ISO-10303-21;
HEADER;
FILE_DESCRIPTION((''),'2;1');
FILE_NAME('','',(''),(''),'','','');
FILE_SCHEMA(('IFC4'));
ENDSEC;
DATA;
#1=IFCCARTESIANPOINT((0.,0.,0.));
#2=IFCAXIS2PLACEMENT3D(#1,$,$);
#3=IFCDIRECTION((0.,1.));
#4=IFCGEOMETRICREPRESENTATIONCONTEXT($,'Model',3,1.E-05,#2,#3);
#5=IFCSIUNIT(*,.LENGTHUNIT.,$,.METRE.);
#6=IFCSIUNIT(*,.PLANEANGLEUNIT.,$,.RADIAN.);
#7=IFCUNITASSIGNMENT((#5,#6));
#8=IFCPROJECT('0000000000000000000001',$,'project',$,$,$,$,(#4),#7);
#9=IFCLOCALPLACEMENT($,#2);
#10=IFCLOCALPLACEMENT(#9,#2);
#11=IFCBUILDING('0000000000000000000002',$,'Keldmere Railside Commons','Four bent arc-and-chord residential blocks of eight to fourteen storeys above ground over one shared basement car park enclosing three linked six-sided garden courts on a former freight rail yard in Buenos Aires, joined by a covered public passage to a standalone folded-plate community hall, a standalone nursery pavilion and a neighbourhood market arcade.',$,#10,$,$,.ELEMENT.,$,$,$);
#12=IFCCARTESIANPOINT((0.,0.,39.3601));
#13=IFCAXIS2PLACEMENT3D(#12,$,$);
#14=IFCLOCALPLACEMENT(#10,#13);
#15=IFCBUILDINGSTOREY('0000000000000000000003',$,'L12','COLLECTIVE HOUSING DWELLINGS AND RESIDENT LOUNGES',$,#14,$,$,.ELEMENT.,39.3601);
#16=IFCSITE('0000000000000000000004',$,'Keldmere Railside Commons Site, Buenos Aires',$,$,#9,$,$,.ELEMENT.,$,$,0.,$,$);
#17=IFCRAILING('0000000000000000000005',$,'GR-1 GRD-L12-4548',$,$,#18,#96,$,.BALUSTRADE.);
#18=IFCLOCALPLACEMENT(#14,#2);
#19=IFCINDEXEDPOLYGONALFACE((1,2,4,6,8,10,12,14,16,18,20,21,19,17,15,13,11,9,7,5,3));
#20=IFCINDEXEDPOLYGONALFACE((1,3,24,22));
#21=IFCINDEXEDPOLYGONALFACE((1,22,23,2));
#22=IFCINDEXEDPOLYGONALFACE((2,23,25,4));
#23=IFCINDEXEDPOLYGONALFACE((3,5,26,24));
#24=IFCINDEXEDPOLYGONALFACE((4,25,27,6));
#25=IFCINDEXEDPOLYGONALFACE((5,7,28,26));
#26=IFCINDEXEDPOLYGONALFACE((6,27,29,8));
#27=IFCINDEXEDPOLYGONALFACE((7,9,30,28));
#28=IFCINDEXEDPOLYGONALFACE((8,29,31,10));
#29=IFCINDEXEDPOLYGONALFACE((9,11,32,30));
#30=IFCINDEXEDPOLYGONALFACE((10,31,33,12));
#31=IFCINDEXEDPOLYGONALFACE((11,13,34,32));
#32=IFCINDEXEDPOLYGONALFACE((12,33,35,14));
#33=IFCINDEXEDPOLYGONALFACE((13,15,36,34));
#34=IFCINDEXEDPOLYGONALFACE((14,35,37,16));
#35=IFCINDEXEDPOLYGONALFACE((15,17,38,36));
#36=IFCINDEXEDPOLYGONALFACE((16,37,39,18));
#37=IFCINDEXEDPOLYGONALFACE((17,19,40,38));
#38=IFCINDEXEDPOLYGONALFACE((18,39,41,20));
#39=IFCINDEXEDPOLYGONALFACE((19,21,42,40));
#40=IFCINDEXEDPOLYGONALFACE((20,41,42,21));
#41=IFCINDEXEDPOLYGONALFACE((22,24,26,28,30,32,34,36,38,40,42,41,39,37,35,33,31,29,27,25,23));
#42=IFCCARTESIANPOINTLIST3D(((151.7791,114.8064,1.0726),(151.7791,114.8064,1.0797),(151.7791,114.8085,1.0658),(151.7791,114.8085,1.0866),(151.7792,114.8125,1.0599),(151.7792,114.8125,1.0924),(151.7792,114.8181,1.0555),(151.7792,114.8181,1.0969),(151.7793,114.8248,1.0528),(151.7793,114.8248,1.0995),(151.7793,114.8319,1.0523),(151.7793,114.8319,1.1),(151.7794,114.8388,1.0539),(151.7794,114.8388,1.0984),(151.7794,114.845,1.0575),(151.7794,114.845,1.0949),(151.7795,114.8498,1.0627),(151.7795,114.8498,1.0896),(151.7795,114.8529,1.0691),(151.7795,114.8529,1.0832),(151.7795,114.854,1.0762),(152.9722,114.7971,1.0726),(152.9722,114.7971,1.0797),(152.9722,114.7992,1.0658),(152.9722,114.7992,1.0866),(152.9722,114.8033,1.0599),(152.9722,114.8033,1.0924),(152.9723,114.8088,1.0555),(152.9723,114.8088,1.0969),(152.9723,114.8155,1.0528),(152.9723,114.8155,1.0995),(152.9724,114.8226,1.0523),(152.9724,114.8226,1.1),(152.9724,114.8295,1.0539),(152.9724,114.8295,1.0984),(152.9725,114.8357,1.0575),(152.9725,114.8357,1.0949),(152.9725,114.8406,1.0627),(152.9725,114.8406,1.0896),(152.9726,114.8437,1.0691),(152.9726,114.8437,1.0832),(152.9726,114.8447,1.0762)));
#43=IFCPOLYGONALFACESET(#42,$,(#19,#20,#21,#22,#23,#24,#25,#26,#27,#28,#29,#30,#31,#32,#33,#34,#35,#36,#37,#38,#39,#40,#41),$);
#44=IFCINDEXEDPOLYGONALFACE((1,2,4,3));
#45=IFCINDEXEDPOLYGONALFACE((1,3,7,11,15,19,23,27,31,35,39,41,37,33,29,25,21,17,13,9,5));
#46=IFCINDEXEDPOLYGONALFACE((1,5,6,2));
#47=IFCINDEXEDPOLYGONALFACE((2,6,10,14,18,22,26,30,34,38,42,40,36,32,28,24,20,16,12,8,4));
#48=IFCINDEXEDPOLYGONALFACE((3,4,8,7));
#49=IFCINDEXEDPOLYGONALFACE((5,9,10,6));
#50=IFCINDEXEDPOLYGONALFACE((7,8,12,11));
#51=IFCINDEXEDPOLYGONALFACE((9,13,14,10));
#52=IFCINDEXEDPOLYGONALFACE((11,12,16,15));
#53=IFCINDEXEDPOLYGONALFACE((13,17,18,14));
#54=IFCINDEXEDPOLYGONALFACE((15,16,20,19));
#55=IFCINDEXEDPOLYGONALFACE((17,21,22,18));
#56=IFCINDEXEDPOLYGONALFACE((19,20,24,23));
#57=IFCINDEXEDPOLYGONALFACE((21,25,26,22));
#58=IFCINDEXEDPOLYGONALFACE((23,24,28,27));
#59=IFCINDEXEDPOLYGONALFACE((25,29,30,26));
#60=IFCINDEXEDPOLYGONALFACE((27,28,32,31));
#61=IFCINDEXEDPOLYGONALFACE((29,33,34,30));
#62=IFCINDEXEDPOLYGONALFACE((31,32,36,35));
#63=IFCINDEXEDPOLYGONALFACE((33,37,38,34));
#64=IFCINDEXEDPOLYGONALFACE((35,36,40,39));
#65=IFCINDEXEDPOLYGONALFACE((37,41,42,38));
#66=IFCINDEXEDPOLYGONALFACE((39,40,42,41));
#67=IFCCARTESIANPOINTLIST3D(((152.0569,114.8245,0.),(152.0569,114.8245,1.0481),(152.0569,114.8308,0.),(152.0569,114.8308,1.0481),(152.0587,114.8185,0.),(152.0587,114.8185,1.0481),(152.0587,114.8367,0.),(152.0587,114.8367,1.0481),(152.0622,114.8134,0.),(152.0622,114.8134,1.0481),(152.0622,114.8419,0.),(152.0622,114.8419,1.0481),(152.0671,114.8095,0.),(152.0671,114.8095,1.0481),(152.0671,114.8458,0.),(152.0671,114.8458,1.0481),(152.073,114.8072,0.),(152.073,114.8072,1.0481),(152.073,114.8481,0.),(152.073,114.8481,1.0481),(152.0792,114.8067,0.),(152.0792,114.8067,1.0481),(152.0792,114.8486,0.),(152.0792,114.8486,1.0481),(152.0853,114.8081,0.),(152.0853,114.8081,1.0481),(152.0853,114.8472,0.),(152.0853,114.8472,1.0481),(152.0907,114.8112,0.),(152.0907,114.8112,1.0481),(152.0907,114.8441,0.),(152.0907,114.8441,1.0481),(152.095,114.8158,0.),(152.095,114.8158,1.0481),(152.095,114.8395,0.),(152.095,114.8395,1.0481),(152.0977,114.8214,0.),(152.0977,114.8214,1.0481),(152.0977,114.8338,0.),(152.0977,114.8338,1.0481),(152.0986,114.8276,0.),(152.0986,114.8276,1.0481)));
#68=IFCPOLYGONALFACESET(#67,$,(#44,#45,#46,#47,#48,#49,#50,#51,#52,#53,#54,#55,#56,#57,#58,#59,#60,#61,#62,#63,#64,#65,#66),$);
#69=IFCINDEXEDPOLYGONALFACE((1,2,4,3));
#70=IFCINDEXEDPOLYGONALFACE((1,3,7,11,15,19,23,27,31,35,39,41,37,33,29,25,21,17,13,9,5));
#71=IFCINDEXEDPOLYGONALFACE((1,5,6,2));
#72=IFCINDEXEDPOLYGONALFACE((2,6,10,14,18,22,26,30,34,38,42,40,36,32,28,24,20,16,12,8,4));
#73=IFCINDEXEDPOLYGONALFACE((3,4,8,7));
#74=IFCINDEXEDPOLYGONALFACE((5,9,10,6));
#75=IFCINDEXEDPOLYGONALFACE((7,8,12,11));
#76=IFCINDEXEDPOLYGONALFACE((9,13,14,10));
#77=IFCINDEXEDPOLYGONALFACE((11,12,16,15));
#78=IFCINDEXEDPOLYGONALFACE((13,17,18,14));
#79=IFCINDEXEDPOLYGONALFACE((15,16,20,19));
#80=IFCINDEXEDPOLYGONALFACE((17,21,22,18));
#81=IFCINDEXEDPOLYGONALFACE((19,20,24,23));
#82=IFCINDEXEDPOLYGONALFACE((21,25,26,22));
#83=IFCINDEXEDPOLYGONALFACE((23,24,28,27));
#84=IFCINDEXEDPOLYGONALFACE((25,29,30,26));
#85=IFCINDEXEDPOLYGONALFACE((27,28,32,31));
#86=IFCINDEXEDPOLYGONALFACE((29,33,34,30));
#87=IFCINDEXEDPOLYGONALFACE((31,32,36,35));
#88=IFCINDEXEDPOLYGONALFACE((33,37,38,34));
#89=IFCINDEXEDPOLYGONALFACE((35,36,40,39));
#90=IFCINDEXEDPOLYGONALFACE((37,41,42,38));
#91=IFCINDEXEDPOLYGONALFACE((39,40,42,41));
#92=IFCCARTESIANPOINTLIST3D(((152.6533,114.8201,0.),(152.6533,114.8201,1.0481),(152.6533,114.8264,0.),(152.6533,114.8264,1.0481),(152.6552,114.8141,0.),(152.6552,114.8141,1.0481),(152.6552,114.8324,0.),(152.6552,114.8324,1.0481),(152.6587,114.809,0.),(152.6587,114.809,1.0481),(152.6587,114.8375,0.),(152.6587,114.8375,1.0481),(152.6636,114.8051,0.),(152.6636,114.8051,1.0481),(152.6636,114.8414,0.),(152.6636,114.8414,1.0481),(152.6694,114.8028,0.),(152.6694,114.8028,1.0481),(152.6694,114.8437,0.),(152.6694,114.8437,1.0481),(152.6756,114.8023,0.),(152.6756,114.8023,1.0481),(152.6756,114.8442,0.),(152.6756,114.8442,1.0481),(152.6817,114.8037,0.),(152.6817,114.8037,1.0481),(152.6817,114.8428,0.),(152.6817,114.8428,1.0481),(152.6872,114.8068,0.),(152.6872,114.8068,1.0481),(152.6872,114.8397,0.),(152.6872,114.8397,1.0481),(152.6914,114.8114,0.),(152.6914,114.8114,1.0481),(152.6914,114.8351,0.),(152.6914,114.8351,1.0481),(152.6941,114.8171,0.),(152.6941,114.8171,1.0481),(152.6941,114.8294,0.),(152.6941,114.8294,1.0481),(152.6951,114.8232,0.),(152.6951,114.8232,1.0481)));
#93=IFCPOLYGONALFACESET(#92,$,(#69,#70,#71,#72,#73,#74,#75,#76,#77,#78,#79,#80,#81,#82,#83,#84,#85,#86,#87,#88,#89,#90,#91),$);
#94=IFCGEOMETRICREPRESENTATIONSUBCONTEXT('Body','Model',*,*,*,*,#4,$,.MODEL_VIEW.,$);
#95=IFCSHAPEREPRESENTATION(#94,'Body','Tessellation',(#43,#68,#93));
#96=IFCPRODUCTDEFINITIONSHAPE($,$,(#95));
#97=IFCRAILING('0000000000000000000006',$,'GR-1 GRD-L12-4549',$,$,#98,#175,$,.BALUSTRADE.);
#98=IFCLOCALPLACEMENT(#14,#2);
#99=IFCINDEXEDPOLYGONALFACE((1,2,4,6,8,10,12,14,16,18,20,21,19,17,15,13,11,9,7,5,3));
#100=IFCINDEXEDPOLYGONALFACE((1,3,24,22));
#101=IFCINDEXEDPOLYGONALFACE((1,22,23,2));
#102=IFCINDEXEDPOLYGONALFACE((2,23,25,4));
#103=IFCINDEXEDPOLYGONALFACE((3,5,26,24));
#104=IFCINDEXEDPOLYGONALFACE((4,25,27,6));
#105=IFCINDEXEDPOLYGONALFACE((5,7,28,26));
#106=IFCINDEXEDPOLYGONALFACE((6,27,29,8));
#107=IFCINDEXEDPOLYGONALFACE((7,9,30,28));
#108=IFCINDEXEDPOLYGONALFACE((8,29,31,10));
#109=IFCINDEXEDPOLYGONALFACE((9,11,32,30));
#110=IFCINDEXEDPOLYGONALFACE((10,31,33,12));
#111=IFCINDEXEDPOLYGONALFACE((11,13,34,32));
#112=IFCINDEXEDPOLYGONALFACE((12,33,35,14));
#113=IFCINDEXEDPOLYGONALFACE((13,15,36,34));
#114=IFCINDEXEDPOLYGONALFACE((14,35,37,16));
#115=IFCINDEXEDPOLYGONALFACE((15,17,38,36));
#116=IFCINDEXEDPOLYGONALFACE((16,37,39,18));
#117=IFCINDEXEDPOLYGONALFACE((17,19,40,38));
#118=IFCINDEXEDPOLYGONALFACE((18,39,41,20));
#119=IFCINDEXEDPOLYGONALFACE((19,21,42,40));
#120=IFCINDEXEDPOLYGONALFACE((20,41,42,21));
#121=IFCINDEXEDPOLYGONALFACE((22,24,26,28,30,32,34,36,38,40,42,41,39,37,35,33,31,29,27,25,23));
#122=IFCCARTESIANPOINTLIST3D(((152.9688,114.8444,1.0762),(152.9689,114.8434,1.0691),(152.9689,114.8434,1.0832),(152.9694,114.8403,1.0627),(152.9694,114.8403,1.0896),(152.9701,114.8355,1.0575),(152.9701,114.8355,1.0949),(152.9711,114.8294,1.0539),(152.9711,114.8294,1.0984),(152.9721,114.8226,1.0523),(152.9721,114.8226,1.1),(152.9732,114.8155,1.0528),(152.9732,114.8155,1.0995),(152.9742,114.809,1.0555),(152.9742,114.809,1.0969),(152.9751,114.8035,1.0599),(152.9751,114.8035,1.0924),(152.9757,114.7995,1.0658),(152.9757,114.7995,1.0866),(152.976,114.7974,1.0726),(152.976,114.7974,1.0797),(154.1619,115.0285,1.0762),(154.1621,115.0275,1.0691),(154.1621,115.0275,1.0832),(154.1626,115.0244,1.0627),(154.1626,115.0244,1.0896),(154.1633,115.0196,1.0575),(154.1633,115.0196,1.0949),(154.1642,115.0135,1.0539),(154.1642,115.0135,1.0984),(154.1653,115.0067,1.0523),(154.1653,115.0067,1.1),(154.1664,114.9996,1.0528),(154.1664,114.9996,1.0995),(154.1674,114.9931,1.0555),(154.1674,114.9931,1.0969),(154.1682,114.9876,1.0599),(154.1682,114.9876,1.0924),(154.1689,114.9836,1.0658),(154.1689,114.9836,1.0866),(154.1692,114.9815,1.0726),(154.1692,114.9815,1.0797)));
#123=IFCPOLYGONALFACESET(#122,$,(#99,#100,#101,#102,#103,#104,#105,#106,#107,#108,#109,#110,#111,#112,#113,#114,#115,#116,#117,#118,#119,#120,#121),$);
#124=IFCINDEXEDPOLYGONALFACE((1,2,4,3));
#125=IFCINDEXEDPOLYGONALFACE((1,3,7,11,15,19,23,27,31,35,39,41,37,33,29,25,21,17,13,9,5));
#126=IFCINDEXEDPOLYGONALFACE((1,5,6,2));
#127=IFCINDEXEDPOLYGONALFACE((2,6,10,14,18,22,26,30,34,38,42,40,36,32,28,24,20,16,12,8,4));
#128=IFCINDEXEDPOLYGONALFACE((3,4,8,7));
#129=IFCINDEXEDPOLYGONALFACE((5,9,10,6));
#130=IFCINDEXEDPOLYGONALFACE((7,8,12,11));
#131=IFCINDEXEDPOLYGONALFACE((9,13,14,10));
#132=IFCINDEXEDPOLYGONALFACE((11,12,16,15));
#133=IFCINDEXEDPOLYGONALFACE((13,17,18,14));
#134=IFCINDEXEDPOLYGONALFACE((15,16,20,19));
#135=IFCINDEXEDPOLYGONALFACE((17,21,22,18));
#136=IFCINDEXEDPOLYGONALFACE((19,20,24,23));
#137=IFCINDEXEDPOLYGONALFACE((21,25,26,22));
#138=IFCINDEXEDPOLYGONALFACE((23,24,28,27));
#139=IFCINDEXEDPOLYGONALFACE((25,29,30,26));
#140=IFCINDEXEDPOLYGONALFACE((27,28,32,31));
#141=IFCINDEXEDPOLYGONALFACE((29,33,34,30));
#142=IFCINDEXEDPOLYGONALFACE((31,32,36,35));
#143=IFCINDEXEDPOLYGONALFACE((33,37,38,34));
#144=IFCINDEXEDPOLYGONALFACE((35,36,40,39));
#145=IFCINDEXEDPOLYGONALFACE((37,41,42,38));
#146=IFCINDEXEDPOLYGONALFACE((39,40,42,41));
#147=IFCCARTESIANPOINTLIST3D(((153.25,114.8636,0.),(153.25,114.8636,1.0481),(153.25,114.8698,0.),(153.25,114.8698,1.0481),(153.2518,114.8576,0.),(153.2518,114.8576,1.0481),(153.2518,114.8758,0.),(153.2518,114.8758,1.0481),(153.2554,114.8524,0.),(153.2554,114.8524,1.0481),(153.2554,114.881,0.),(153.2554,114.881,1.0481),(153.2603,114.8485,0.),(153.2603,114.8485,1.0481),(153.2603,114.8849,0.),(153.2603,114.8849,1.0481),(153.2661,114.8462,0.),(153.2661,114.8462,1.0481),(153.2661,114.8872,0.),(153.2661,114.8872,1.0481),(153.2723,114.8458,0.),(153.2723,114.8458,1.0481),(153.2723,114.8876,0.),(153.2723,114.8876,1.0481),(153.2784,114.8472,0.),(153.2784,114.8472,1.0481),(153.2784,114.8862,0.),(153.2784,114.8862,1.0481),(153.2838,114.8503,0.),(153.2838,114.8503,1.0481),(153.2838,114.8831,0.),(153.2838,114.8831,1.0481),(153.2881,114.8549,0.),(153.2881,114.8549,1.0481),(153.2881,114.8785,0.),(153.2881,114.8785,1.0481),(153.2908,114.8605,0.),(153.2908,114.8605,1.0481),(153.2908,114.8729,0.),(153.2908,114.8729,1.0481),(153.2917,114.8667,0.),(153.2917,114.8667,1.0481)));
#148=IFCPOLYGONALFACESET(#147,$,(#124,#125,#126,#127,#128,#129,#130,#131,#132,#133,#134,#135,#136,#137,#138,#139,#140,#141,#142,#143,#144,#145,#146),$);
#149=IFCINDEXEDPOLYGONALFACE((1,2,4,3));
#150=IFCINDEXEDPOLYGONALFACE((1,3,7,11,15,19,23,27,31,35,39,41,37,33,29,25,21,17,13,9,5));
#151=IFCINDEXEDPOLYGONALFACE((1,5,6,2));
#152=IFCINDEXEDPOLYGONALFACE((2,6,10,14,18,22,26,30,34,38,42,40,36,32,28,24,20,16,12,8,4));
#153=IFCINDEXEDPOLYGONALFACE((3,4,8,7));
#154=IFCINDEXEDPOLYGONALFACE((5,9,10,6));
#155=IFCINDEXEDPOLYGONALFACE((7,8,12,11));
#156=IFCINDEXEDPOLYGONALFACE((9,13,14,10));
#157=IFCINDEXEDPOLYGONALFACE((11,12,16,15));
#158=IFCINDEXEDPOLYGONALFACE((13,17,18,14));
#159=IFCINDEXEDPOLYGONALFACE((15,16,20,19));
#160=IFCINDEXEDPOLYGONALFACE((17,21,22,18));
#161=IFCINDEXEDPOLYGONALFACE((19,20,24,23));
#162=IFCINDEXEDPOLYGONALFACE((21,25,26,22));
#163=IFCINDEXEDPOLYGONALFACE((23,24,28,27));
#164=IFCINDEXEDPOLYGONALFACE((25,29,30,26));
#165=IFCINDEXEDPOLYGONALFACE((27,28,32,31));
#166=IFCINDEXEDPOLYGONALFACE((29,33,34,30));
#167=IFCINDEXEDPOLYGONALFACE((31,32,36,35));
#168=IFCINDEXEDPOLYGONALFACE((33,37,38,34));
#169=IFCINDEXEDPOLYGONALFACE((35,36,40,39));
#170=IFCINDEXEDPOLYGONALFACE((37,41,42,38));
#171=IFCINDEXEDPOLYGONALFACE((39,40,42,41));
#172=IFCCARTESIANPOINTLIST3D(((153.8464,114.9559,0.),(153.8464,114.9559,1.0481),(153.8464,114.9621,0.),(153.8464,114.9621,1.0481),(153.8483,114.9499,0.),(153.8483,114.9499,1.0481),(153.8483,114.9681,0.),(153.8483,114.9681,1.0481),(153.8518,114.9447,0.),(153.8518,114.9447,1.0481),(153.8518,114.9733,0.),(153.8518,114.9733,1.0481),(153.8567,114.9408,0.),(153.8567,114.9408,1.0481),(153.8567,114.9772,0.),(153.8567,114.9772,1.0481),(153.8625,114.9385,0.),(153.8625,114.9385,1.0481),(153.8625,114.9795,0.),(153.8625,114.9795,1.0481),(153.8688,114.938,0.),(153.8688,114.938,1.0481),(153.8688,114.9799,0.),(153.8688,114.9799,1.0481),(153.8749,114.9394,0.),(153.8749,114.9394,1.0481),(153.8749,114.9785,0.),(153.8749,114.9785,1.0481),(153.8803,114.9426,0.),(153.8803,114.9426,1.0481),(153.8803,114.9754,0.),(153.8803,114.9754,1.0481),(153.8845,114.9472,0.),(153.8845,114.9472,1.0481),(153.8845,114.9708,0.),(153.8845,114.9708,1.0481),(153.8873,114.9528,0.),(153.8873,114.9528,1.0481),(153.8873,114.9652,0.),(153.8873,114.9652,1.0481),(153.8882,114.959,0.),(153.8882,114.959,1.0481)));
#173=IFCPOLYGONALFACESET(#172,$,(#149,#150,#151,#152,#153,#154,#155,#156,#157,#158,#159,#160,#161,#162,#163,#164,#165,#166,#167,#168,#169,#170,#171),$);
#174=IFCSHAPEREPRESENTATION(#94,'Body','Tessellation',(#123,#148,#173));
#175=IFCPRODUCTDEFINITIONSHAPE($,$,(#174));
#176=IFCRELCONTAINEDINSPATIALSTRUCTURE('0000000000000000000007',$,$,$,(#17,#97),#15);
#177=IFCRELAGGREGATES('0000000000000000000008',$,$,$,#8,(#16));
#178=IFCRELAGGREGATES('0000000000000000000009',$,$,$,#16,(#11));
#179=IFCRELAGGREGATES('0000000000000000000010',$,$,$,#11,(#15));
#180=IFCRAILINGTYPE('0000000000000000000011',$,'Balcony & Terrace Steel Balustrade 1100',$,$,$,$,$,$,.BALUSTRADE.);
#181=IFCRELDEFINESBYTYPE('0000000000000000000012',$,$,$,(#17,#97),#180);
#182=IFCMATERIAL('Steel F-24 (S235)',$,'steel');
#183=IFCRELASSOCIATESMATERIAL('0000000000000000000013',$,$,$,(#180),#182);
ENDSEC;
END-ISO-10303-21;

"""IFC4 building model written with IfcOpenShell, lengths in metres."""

from ifc_helpers import new_model, si_unit, direction, frame, origin, origin_2d, place, context, subcontext, project, spatial, circle, extrude, material, type_object, element, save


model = new_model("IFC4")

# Units and contexts
model_context = context("Model", 3, precision=1e-05, world=origin(), true_north=direction((0.0, 1.0)))
body_context = subcontext(model_context, "Body", "Model", "MODEL_VIEW")
ifc_project = project(units=[si_unit("LENGTHUNIT", "METRE"), si_unit("PLANEANGLEUNIT", "RADIAN")], contexts=[model_context])

# Site, building, storey
site_placement = place(None, origin())
site = spatial("IfcSite", under=ifc_project, at=site_placement, Name="Keldmere Railside Commons Site, Buenos Aires", CompositionType="ELEMENT", RefElevation=0.0)
building_placement = place(site_placement, origin())
building = spatial("IfcBuilding", under=site, at=building_placement, Name="Keldmere Railside Commons", Description="Four bent arc-and-chord residential blocks of eight to fourteen storeys above ground over one shared basement car park enclosing three linked six-sided garden courts on a former freight rail yard in Buenos Aires, joined by a covered public passage to a standalone folded-plate community hall, a standalone nursery pavilion and a neighbourhood market arcade.", CompositionType="ELEMENT")
storey_placement = place(building_placement, frame((0.0, 0.0, 39.3601)))
storey = spatial("IfcBuildingStorey", under=building, at=storey_placement, Name="L12", Description="COLLECTIVE HOUSING DWELLINGS AND RESIDENT LOUNGES", CompositionType="ELEMENT", Elevation=39.3601)

# Railings
ifc_material_1 = material(Name="Steel F-24 (S235)", Category="steel")
railing_type = type_object("IfcRailingType", Name="Balcony & Terrace Steel Balustrade 1100", PredefinedType="BALUSTRADE", material=ifc_material_1)
railing_1_placement = place(storey_placement, frame((151.7793, 114.8301, 0.0)))
element("IfcRailing", 1, at=railing_1_placement, inside=storey, type_object=railing_type, Name="GR-1 GRD-L12-4548", PredefinedType="BALUSTRADE", context=body_context, shape_type="SweptSolid", body=[
    extrude(circle(Radius=0.0239, at=origin_2d()), frame((0.0, 0.0, 1.0762), z_axis=(0.99997, -0.007775, 0.0), x_axis=(0.007775, 0.99997, 0.0)), (0.0, 0.0, 1.0), 1.1931),
    extrude(circle(Radius=0.021, at=origin_2d()), frame((0.2983, -0.0024, 0.0)), (0.0, 0.0, 1.0), 1.0481),
    extrude(circle(Radius=0.021, at=origin_2d()), frame((0.8948, -0.0068, 0.0)), (0.0, 0.0, 1.0), 1.0481),
])
railing_2_placement = place(storey_placement, frame((152.9724, 114.8208, 0.0)))
element("IfcRailing", 2, at=railing_2_placement, inside=storey, type_object=railing_type, Name="GR-1 GRD-L12-4549", PredefinedType="BALUSTRADE", context=body_context, shape_type="SweptSolid", body=[
    extrude(circle(Radius=0.0239, at=origin_2d()), frame((0.0, 0.0, 1.0762), z_axis=(0.988306, 0.152483, 0.0), x_axis=(-0.152483, 0.988306, 0.0)), (0.0, 0.0, 1.0), 1.2073),
    extrude(circle(Radius=0.021, at=origin_2d()), frame((0.2983, 0.0459, 0.0)), (0.0, 0.0, 1.0), 1.0481),
    extrude(circle(Radius=0.021, at=origin_2d()), frame((0.8948, 0.1382, 0.0)), (0.0, 0.0, 1.0), 1.0481),
])

save(model, "model.ifc")
